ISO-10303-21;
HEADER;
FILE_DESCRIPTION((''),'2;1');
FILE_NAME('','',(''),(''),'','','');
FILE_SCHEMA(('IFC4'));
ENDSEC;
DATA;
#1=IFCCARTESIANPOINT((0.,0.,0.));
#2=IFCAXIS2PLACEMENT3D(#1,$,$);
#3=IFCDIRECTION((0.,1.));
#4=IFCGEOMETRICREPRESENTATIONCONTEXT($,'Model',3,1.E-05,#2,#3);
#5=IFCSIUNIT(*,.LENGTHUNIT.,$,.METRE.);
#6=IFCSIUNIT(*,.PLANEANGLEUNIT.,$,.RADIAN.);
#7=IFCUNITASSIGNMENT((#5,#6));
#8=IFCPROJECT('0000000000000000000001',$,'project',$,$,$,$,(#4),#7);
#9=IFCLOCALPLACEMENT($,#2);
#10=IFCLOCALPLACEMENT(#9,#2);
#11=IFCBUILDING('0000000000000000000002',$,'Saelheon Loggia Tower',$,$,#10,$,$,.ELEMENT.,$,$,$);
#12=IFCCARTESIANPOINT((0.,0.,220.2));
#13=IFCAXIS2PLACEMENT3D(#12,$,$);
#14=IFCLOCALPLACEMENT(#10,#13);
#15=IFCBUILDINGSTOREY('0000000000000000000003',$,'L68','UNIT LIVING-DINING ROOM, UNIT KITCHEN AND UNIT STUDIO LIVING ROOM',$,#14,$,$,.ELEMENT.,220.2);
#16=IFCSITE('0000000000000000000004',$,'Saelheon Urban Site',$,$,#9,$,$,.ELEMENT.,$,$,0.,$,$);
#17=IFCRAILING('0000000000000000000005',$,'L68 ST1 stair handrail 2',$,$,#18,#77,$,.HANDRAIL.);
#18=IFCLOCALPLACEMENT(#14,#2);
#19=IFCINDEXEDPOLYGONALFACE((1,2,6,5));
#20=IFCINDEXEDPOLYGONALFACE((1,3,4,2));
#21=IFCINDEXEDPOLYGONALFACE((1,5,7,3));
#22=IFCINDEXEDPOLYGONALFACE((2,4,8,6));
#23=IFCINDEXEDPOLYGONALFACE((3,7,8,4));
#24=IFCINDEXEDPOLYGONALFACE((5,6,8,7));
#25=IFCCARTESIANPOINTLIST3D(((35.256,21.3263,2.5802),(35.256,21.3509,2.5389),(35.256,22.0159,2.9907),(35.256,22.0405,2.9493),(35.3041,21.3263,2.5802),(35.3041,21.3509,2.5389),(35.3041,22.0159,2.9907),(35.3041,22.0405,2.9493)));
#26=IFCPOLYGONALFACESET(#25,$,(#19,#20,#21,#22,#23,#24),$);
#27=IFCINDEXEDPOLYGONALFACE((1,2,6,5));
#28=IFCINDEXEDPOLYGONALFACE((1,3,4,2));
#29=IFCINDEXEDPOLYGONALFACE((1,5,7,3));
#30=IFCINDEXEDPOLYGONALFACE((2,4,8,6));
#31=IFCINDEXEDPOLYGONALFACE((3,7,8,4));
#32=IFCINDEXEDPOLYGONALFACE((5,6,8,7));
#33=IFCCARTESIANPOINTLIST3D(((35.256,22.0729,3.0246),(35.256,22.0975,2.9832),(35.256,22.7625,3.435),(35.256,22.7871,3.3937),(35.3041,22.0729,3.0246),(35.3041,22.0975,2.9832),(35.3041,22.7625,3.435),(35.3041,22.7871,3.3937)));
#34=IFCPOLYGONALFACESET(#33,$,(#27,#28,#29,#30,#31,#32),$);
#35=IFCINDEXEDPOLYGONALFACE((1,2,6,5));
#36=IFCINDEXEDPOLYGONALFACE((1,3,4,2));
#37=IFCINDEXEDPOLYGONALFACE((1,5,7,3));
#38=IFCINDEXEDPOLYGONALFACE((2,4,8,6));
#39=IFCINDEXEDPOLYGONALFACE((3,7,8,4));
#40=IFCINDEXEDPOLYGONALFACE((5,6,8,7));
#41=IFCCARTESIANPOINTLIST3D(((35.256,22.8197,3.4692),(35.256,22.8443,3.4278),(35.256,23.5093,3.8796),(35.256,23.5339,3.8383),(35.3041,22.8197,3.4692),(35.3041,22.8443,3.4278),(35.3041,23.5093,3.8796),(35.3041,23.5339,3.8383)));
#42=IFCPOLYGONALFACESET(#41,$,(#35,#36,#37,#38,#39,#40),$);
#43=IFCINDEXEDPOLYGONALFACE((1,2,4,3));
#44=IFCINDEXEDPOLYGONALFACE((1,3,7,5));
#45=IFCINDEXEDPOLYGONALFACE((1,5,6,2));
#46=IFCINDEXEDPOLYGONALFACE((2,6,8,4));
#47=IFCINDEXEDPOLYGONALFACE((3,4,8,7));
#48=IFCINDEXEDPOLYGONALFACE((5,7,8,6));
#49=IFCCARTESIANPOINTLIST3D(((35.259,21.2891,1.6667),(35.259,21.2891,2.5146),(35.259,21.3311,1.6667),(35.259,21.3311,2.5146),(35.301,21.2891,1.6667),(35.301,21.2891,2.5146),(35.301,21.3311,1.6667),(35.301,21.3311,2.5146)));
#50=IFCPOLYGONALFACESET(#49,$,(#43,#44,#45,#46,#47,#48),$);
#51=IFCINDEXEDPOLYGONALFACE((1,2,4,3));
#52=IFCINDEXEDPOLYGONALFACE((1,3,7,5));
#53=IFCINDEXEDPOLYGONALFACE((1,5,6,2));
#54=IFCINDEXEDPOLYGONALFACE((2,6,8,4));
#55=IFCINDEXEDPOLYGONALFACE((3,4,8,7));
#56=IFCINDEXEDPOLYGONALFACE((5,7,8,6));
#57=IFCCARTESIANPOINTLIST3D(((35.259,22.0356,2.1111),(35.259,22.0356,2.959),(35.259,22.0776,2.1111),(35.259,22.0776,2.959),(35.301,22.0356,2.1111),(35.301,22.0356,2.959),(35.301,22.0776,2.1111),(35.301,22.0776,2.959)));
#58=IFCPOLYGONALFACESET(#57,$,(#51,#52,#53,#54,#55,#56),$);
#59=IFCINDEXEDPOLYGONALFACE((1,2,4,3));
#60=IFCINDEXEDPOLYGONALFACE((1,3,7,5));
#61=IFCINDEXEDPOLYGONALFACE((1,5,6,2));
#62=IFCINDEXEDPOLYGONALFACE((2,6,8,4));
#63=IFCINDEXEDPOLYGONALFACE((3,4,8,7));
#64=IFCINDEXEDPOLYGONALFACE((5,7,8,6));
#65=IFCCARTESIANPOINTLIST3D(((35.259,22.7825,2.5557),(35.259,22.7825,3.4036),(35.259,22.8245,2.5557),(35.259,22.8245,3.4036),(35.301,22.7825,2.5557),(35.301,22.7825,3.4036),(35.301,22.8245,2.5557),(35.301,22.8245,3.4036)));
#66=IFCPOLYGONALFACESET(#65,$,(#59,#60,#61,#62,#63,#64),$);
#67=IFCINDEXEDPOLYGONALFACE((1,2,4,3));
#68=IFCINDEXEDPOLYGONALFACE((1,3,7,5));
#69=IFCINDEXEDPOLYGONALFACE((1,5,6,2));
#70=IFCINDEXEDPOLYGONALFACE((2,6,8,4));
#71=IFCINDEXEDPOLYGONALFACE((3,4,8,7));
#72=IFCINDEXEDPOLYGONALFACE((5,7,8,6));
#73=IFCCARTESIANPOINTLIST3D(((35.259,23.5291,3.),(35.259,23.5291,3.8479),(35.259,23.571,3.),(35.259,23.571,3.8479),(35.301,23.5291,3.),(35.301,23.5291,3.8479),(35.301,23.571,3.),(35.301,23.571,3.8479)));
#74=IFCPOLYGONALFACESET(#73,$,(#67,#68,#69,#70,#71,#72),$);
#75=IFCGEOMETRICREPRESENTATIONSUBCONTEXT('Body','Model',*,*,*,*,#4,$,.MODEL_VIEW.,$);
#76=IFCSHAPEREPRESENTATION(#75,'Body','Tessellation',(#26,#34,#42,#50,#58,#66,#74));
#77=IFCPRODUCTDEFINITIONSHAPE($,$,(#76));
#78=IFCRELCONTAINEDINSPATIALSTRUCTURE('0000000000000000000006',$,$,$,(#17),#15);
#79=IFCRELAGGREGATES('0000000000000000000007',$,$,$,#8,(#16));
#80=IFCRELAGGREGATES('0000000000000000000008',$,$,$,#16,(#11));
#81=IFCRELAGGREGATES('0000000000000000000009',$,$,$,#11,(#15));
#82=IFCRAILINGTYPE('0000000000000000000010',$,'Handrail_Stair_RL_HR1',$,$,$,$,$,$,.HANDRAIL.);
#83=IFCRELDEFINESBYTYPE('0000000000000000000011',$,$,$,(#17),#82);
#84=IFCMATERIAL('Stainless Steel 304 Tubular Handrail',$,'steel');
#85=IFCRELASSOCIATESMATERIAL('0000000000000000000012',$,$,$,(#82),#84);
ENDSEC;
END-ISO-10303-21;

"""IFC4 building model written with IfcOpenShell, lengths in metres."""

from ifc_helpers import new_model, si_unit, direction, frame, origin, origin_2d, place, context, subcontext, project, spatial, rectangle, extrude, material, type_object, element, save


model = new_model("IFC4")

# Units and contexts
model_context = context("Model", 3, precision=1e-05, world=origin(), true_north=direction((0.0, 1.0)))
body_context = subcontext(model_context, "Body", "Model", "MODEL_VIEW")
ifc_project = project(units=[si_unit("LENGTHUNIT", "METRE"), si_unit("PLANEANGLEUNIT", "RADIAN")], contexts=[model_context])

# Site, building, storey
site_placement = place(None, origin())
site = spatial("IfcSite", under=ifc_project, at=site_placement, Name="Saelheon Urban Site", CompositionType="ELEMENT", RefElevation=0.0)
building_placement = place(site_placement, origin())
building = spatial("IfcBuilding", under=site, at=building_placement, Name="Saelheon Loggia Tower", CompositionType="ELEMENT")
storey_placement = place(building_placement, frame((0.0, 0.0, 220.2)))
storey = spatial("IfcBuildingStorey", under=building, at=storey_placement, Name="L68", Description="UNIT LIVING-DINING ROOM, UNIT KITCHEN AND UNIT STUDIO LIVING ROOM", CompositionType="ELEMENT", Elevation=220.2)

# Railing
ifc_material_1 = material(Name="Stainless Steel 304 Tubular Handrail", Category="steel")
railing_type = type_object("IfcRailingType", Name="Handrail_Stair_RL_HR1", PredefinedType="HANDRAIL", material=ifc_material_1)
railing_placement = place(storey_placement, frame((35.28, 21.3101, 1.6667)))
element("IfcRailing", 1, at=railing_placement, inside=storey, type_object=railing_type, Name="L68 ST1 stair handrail 2", PredefinedType="HANDRAIL", context=body_context, shape_type="SweptSolid", body=[
    extrude(rectangle(XDim=0.0481, YDim=0.0481, at=origin_2d()), frame((0.0, 0.0286, 0.8928), z_axis=(0.0, 0.859306, 0.511462), x_axis=(-1.0, 0.0, 0.0)), (0.0, 0.0, 1.0), 0.8025),
    extrude(rectangle(XDim=0.0481, YDim=0.0481, at=origin_2d()), frame((0.0, 0.7751, 1.3372), z_axis=(0.0, 0.859306, 0.511462), x_axis=(-1.0, 0.0, 0.0)), (0.0, 0.0, 1.0), 0.8025),
    extrude(rectangle(XDim=0.0481, YDim=0.0481, at=origin_2d()), frame((0.0, 1.522, 1.7817), z_axis=(0.0, 0.859306, 0.511462), x_axis=(-1.0, 0.0, 0.0)), (0.0, 0.0, 1.0), 0.8025),
    extrude(rectangle(XDim=0.042, YDim=0.042, at=origin_2d()), origin(), (0.0, 0.0, 1.0), 0.8479),
    extrude(rectangle(XDim=0.042, YDim=0.042, at=origin_2d()), frame((0.0, 0.7466, 0.4443)), (0.0, 0.0, 1.0), 0.8479),
    extrude(rectangle(XDim=0.042, YDim=0.042, at=origin_2d()), frame((0.0, 1.4934, 0.8889)), (0.0, 0.0, 1.0), 0.8479),
    extrude(rectangle(XDim=0.042, YDim=0.042, at=origin_2d()), frame((0.0, 2.24, 1.3333)), (0.0, 0.0, 1.0), 0.8479),
])

save(model, "model.ifc")
